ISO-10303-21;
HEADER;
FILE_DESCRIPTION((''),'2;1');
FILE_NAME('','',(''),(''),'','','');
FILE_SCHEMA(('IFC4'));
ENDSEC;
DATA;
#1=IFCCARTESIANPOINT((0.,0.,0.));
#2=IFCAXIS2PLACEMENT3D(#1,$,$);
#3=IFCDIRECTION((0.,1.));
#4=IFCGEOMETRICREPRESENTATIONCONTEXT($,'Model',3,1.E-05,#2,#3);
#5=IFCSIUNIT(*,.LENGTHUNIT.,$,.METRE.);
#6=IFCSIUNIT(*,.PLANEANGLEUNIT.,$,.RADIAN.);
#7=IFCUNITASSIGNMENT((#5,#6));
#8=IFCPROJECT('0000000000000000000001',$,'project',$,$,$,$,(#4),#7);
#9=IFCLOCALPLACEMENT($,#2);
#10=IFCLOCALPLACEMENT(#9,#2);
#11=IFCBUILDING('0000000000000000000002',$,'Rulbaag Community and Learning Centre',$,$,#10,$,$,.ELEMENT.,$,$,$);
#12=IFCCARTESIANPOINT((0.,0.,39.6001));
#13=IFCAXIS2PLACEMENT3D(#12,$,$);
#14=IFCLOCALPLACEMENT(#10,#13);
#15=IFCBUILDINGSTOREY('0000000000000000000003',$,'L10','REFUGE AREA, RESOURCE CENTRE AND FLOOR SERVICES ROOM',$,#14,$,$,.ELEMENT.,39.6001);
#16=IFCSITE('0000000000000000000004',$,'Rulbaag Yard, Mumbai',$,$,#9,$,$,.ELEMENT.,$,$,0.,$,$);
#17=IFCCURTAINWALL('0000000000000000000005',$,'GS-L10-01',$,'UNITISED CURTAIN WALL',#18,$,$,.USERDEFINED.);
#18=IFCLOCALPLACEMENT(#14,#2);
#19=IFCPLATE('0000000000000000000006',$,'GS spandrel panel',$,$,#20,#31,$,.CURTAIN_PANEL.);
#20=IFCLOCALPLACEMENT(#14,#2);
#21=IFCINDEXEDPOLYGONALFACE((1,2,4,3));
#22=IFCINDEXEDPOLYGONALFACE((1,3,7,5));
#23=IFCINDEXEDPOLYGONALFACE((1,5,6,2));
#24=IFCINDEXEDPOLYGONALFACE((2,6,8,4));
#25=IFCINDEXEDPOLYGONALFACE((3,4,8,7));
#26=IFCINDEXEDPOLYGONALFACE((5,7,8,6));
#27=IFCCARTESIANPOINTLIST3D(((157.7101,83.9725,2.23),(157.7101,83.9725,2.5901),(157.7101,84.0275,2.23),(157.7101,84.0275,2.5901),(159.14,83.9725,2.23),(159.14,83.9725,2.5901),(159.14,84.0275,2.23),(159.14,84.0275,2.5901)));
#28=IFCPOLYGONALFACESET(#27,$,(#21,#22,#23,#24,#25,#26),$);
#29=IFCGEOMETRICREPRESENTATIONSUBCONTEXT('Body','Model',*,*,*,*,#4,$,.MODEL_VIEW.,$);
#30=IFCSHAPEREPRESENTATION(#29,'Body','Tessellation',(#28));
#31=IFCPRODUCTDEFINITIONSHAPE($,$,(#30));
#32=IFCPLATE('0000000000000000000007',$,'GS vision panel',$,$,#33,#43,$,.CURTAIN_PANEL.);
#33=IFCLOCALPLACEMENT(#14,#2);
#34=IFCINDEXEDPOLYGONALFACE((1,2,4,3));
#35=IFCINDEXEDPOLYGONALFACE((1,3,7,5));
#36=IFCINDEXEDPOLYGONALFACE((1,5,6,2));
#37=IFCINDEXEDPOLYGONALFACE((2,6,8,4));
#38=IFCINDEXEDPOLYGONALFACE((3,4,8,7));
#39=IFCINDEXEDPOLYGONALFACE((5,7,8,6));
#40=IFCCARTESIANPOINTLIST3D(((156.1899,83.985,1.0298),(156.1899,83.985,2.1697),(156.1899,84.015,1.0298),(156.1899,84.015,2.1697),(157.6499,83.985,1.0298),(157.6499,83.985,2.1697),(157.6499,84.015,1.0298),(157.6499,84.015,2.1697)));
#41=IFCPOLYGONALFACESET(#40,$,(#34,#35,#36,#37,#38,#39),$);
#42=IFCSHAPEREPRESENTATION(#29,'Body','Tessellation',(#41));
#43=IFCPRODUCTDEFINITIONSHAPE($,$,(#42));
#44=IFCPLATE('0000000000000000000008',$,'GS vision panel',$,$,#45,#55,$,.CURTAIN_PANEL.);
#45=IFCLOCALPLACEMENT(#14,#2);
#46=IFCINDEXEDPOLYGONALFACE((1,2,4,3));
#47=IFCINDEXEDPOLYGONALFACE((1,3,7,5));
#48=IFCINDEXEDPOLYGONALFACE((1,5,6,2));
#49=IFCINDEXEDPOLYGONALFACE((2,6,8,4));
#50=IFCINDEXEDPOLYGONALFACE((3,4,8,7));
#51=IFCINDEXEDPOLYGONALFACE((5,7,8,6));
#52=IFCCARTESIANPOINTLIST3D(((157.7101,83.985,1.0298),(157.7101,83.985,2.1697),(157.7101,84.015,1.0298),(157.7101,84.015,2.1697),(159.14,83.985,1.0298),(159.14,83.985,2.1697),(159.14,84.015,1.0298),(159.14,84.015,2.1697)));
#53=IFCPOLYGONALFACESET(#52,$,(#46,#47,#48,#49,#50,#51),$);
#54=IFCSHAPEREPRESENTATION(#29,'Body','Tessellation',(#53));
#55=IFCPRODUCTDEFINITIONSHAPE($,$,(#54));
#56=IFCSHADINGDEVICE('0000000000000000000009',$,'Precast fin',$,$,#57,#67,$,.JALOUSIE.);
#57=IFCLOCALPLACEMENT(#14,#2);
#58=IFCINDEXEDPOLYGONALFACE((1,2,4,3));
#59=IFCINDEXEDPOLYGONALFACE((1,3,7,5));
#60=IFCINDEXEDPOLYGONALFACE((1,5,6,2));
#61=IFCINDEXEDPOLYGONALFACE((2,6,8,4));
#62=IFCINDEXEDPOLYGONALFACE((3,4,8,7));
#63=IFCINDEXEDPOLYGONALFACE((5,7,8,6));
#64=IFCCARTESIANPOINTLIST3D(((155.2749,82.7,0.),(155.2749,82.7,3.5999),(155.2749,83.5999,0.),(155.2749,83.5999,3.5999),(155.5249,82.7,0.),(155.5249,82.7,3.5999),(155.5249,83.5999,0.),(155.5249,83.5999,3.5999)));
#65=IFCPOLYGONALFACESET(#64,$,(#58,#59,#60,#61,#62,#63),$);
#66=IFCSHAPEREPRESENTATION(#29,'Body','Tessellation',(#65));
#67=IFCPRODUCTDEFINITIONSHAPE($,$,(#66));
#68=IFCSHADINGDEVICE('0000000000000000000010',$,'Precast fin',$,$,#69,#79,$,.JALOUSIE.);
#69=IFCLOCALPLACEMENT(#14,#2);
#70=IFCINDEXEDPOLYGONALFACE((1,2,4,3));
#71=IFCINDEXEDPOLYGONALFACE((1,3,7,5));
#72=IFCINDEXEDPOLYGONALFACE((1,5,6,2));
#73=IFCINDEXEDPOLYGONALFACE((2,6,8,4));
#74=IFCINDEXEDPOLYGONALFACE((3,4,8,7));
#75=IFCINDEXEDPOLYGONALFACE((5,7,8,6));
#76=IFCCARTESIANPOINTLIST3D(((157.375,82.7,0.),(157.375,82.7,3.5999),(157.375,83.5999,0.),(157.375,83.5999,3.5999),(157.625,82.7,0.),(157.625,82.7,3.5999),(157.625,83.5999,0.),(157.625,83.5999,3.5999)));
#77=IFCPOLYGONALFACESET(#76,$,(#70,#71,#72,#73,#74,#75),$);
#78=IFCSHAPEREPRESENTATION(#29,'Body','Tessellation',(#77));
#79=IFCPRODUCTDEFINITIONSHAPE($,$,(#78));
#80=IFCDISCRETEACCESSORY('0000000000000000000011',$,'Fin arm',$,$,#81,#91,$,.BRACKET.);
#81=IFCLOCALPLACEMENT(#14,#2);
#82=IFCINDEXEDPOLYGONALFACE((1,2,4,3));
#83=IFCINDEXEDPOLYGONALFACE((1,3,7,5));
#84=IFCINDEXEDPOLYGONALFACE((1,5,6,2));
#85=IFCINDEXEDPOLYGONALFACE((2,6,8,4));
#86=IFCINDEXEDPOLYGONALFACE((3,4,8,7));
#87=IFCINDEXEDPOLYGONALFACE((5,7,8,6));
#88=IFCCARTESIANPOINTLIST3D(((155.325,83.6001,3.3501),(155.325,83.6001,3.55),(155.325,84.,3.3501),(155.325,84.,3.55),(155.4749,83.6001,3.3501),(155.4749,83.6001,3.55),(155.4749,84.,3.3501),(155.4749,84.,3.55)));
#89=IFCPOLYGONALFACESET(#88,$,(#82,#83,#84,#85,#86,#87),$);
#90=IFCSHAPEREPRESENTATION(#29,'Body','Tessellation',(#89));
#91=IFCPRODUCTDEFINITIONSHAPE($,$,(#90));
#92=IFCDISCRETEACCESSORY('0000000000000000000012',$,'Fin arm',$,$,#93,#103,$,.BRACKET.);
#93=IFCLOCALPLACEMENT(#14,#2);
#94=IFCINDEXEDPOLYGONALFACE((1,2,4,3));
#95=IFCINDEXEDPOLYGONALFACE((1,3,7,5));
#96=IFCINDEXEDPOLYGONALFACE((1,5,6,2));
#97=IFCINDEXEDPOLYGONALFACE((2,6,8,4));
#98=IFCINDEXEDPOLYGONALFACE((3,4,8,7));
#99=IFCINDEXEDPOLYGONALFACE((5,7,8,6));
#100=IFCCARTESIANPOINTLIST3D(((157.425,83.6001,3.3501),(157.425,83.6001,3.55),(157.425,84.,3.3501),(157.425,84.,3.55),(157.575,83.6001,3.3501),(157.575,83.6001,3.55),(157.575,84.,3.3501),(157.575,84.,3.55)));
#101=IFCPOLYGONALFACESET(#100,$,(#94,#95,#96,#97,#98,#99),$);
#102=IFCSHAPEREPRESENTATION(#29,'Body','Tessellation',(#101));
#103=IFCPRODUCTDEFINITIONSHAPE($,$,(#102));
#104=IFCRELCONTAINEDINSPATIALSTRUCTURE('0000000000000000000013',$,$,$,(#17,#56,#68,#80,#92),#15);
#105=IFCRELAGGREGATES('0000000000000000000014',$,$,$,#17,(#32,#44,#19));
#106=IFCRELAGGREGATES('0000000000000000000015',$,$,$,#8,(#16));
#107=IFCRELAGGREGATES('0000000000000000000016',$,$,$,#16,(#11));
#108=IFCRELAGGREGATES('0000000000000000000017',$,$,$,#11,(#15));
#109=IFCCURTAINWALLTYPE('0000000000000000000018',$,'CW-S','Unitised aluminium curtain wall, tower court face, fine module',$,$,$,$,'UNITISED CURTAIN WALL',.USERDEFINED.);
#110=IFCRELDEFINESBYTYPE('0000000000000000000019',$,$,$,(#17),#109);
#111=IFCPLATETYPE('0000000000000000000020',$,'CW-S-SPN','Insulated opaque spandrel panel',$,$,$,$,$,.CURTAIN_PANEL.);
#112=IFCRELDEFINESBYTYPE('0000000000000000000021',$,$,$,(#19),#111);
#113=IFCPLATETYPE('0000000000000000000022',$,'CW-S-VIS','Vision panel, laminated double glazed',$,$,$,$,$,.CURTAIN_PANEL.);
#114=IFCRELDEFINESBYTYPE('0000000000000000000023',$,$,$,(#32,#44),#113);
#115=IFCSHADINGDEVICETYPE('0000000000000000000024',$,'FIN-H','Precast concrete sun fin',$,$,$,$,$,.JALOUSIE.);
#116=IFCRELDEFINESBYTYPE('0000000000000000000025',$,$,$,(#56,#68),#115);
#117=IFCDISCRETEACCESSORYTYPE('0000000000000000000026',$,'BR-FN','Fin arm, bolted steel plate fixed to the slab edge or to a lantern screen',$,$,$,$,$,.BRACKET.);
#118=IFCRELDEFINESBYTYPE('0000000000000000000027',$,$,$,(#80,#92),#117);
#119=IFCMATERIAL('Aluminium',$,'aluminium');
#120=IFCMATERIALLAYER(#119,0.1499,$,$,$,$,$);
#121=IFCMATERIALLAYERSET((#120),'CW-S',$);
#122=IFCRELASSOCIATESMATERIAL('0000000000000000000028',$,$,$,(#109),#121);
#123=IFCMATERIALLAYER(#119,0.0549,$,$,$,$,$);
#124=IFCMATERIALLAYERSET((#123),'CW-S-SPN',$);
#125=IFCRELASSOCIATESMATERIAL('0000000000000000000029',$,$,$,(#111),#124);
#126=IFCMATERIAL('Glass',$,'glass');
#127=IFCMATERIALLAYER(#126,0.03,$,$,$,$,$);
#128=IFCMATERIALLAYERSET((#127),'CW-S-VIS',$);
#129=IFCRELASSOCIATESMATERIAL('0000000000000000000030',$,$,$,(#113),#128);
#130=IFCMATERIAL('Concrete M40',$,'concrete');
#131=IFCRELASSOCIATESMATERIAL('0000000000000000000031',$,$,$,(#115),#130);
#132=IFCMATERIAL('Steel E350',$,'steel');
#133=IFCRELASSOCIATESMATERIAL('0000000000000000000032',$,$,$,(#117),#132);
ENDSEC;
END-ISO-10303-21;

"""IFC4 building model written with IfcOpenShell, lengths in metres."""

from ifc_helpers import new_model, si_unit, direction, frame, origin, origin_2d, place, context, subcontext, project, spatial, rectangle, extrude, material, layer, layer_set, material_profile, profile_set, type_object, element, aggregate, save


model = new_model("IFC4")

# Units and contexts
model_context = context("Model", 3, precision=1e-05, world=origin(), true_north=direction((0.0, 1.0)))
body_context = subcontext(model_context, "Body", "Model", "MODEL_VIEW")
ifc_project = project(units=[si_unit("LENGTHUNIT", "METRE"), si_unit("PLANEANGLEUNIT", "RADIAN")], contexts=[model_context])

# Site, building, storey
site_placement = place(None, origin())
site = spatial("IfcSite", under=ifc_project, at=site_placement, Name="Rulbaag Yard, Mumbai", CompositionType="ELEMENT", RefElevation=0.0)
building_placement = place(site_placement, origin())
building = spatial("IfcBuilding", under=site, at=building_placement, Name="Rulbaag Community and Learning Centre", CompositionType="ELEMENT")
storey_placement = place(building_placement, frame((0.0, 0.0, 39.6001)))
storey = spatial("IfcBuildingStorey", under=building, at=storey_placement, Name="L10", Description="REFUGE AREA, RESOURCE CENTRE AND FLOOR SERVICES ROOM", CompositionType="ELEMENT", Elevation=39.6001)

# Curtain wall, plates
ifc_material_1 = material(Name="Aluminium", Category="aluminium")
ifc_layer_1 = layer(ifc_material_1, 0.1499)
ifc_layer_set_1 = layer_set([ifc_layer_1], Name="CW-S")
curtain_wall_type = type_object("IfcCurtainWallType", Name="CW-S", Description="Unitised aluminium curtain wall, tower court face, fine module", ElementType="UNITISED CURTAIN WALL", PredefinedType="USERDEFINED", material=ifc_layer_set_1)
curtain_wall_placement = place(storey_placement, origin())
curtain_wall = element("IfcCurtainWall", 1, at=curtain_wall_placement, inside=storey, type_object=curtain_wall_type, Name="GS-L10-01", ObjectType="UNITISED CURTAIN WALL", PredefinedType="USERDEFINED")
ifc_layer_2 = layer(ifc_material_1, 0.0549)
ifc_layer_set_2 = layer_set([ifc_layer_2], Name="CW-S-SPN")
plate_type_1 = type_object("IfcPlateType", Name="CW-S-SPN", Description="Insulated opaque spandrel panel", PredefinedType="CURTAIN_PANEL", material=ifc_layer_set_2)
plate_1_placement = place(storey_placement, frame((158.425, 84.0, 2.23), z_axis=(0.0, 0.0, 1.0), x_axis=(1.0, 0.0, 0.0)))
plate_1 = element("IfcPlate", 2, at=plate_1_placement, type_object=plate_type_1, Name="GS spandrel panel", PredefinedType="CURTAIN_PANEL", context=body_context, shape_type="SweptSolid", body=[
    extrude(rectangle(XDim=1.4299, YDim=0.0549, at=origin_2d()), origin(), (0.0, 0.0, 1.0), 0.3601),
])
ifc_material_2 = material(Name="Glass", Category="glass")
ifc_layer_3 = layer(ifc_material_2, 0.03)
ifc_layer_set_3 = layer_set([ifc_layer_3], Name="CW-S-VIS")
plate_type_2 = type_object("IfcPlateType", Name="CW-S-VIS", Description="Vision panel, laminated double glazed", PredefinedType="CURTAIN_PANEL", material=ifc_layer_set_3)
plate_2_placement = place(storey_placement, frame((156.9199, 84.0, 1.0298), z_axis=(0.0, 0.0, 1.0), x_axis=(1.0, 0.0, 0.0)))
plate_2 = element("IfcPlate", 3, at=plate_2_placement, type_object=plate_type_2, Name="GS vision panel", PredefinedType="CURTAIN_PANEL", context=body_context, shape_type="SweptSolid", body=[
    extrude(rectangle(XDim=1.46, YDim=0.03, at=origin_2d()), origin(), (0.0, 0.0, 1.0), 1.1399),
])
plate_3_placement = place(storey_placement, frame((158.425, 84.0, 1.0298), z_axis=(0.0, 0.0, 1.0), x_axis=(1.0, 0.0, 0.0)))
plate_3 = element("IfcPlate", 4, at=plate_3_placement, type_object=plate_type_2, Name="GS vision panel", PredefinedType="CURTAIN_PANEL", context=body_context, shape_type="SweptSolid", body=[
    extrude(rectangle(XDim=1.4299, YDim=0.03, at=origin_2d()), origin(), (0.0, 0.0, 1.0), 1.1399),
])
aggregate(curtain_wall, [plate_2, plate_3, plate_1])

# Shading devices
ifc_material_3 = material(Name="Concrete M40", Category="concrete")
ifc_material_profile_1 = material_profile(ifc_material_3, rectangle(XDim=0.25, YDim=0.8999, at=origin_2d()), Name="PC 250x900")
ifc_profile_set_1 = profile_set([ifc_material_profile_1], Name="Concrete M40")
shading_device_type_1 = type_object("IfcShadingDeviceType", Name="FIN-H", Description="Precast concrete sun fin", PredefinedType="JALOUSIE", material=ifc_profile_set_1)
for number, where, z_axis, x_axis, name in (
    (5, (155.3999, 83.1499, 0.0), (0.0, 0.0, 1.0), (1.0, 0.0, 0.0), "Precast fin"),
    (6, (157.5, 83.1499, 0.0), (0.0, 0.0, 1.0), (1.0, 0.0, 0.0), "Precast fin"),
):
    element("IfcShadingDevice", number, at=place(storey_placement, frame(where, z_axis=z_axis, x_axis=x_axis)), inside=storey, type_object=shading_device_type_1, Name=name, PredefinedType="JALOUSIE", context=body_context, shape_type="SweptSolid", body=[
        extrude(rectangle(XDim=0.25, YDim=0.8999, at=origin_2d()), origin(), (0.0, 0.0, 1.0), 3.5999),
    ])

# Discrete accessories
ifc_material_4 = material(Name="Steel E350", Category="steel")
discrete_accessory_type = type_object("IfcDiscreteAccessoryType", Name="BR-FN", Description="Fin arm, bolted steel plate fixed to the slab edge or to a lantern screen", PredefinedType="BRACKET", material=ifc_material_4)
for number, where, z_axis, x_axis, name in (
    (7, (155.3999, 83.8, 3.3501), (0.0, 0.0, 1.0), (1.0, 0.0, 0.0), "Fin arm"),
    (8, (157.5, 83.8, 3.3501), (0.0, 0.0, 1.0), (1.0, 0.0, 0.0), "Fin arm"),
):
    element("IfcDiscreteAccessory", number, at=place(storey_placement, frame(where, z_axis=z_axis, x_axis=x_axis)), inside=storey, type_object=discrete_accessory_type, Name=name, PredefinedType="BRACKET", context=body_context, shape_type="SweptSolid", body=[
        extrude(rectangle(XDim=0.1499, YDim=0.3999, at=origin_2d()), origin(), (0.0, 0.0, 1.0), 0.2),
    ])

save(model, "model.ifc")
